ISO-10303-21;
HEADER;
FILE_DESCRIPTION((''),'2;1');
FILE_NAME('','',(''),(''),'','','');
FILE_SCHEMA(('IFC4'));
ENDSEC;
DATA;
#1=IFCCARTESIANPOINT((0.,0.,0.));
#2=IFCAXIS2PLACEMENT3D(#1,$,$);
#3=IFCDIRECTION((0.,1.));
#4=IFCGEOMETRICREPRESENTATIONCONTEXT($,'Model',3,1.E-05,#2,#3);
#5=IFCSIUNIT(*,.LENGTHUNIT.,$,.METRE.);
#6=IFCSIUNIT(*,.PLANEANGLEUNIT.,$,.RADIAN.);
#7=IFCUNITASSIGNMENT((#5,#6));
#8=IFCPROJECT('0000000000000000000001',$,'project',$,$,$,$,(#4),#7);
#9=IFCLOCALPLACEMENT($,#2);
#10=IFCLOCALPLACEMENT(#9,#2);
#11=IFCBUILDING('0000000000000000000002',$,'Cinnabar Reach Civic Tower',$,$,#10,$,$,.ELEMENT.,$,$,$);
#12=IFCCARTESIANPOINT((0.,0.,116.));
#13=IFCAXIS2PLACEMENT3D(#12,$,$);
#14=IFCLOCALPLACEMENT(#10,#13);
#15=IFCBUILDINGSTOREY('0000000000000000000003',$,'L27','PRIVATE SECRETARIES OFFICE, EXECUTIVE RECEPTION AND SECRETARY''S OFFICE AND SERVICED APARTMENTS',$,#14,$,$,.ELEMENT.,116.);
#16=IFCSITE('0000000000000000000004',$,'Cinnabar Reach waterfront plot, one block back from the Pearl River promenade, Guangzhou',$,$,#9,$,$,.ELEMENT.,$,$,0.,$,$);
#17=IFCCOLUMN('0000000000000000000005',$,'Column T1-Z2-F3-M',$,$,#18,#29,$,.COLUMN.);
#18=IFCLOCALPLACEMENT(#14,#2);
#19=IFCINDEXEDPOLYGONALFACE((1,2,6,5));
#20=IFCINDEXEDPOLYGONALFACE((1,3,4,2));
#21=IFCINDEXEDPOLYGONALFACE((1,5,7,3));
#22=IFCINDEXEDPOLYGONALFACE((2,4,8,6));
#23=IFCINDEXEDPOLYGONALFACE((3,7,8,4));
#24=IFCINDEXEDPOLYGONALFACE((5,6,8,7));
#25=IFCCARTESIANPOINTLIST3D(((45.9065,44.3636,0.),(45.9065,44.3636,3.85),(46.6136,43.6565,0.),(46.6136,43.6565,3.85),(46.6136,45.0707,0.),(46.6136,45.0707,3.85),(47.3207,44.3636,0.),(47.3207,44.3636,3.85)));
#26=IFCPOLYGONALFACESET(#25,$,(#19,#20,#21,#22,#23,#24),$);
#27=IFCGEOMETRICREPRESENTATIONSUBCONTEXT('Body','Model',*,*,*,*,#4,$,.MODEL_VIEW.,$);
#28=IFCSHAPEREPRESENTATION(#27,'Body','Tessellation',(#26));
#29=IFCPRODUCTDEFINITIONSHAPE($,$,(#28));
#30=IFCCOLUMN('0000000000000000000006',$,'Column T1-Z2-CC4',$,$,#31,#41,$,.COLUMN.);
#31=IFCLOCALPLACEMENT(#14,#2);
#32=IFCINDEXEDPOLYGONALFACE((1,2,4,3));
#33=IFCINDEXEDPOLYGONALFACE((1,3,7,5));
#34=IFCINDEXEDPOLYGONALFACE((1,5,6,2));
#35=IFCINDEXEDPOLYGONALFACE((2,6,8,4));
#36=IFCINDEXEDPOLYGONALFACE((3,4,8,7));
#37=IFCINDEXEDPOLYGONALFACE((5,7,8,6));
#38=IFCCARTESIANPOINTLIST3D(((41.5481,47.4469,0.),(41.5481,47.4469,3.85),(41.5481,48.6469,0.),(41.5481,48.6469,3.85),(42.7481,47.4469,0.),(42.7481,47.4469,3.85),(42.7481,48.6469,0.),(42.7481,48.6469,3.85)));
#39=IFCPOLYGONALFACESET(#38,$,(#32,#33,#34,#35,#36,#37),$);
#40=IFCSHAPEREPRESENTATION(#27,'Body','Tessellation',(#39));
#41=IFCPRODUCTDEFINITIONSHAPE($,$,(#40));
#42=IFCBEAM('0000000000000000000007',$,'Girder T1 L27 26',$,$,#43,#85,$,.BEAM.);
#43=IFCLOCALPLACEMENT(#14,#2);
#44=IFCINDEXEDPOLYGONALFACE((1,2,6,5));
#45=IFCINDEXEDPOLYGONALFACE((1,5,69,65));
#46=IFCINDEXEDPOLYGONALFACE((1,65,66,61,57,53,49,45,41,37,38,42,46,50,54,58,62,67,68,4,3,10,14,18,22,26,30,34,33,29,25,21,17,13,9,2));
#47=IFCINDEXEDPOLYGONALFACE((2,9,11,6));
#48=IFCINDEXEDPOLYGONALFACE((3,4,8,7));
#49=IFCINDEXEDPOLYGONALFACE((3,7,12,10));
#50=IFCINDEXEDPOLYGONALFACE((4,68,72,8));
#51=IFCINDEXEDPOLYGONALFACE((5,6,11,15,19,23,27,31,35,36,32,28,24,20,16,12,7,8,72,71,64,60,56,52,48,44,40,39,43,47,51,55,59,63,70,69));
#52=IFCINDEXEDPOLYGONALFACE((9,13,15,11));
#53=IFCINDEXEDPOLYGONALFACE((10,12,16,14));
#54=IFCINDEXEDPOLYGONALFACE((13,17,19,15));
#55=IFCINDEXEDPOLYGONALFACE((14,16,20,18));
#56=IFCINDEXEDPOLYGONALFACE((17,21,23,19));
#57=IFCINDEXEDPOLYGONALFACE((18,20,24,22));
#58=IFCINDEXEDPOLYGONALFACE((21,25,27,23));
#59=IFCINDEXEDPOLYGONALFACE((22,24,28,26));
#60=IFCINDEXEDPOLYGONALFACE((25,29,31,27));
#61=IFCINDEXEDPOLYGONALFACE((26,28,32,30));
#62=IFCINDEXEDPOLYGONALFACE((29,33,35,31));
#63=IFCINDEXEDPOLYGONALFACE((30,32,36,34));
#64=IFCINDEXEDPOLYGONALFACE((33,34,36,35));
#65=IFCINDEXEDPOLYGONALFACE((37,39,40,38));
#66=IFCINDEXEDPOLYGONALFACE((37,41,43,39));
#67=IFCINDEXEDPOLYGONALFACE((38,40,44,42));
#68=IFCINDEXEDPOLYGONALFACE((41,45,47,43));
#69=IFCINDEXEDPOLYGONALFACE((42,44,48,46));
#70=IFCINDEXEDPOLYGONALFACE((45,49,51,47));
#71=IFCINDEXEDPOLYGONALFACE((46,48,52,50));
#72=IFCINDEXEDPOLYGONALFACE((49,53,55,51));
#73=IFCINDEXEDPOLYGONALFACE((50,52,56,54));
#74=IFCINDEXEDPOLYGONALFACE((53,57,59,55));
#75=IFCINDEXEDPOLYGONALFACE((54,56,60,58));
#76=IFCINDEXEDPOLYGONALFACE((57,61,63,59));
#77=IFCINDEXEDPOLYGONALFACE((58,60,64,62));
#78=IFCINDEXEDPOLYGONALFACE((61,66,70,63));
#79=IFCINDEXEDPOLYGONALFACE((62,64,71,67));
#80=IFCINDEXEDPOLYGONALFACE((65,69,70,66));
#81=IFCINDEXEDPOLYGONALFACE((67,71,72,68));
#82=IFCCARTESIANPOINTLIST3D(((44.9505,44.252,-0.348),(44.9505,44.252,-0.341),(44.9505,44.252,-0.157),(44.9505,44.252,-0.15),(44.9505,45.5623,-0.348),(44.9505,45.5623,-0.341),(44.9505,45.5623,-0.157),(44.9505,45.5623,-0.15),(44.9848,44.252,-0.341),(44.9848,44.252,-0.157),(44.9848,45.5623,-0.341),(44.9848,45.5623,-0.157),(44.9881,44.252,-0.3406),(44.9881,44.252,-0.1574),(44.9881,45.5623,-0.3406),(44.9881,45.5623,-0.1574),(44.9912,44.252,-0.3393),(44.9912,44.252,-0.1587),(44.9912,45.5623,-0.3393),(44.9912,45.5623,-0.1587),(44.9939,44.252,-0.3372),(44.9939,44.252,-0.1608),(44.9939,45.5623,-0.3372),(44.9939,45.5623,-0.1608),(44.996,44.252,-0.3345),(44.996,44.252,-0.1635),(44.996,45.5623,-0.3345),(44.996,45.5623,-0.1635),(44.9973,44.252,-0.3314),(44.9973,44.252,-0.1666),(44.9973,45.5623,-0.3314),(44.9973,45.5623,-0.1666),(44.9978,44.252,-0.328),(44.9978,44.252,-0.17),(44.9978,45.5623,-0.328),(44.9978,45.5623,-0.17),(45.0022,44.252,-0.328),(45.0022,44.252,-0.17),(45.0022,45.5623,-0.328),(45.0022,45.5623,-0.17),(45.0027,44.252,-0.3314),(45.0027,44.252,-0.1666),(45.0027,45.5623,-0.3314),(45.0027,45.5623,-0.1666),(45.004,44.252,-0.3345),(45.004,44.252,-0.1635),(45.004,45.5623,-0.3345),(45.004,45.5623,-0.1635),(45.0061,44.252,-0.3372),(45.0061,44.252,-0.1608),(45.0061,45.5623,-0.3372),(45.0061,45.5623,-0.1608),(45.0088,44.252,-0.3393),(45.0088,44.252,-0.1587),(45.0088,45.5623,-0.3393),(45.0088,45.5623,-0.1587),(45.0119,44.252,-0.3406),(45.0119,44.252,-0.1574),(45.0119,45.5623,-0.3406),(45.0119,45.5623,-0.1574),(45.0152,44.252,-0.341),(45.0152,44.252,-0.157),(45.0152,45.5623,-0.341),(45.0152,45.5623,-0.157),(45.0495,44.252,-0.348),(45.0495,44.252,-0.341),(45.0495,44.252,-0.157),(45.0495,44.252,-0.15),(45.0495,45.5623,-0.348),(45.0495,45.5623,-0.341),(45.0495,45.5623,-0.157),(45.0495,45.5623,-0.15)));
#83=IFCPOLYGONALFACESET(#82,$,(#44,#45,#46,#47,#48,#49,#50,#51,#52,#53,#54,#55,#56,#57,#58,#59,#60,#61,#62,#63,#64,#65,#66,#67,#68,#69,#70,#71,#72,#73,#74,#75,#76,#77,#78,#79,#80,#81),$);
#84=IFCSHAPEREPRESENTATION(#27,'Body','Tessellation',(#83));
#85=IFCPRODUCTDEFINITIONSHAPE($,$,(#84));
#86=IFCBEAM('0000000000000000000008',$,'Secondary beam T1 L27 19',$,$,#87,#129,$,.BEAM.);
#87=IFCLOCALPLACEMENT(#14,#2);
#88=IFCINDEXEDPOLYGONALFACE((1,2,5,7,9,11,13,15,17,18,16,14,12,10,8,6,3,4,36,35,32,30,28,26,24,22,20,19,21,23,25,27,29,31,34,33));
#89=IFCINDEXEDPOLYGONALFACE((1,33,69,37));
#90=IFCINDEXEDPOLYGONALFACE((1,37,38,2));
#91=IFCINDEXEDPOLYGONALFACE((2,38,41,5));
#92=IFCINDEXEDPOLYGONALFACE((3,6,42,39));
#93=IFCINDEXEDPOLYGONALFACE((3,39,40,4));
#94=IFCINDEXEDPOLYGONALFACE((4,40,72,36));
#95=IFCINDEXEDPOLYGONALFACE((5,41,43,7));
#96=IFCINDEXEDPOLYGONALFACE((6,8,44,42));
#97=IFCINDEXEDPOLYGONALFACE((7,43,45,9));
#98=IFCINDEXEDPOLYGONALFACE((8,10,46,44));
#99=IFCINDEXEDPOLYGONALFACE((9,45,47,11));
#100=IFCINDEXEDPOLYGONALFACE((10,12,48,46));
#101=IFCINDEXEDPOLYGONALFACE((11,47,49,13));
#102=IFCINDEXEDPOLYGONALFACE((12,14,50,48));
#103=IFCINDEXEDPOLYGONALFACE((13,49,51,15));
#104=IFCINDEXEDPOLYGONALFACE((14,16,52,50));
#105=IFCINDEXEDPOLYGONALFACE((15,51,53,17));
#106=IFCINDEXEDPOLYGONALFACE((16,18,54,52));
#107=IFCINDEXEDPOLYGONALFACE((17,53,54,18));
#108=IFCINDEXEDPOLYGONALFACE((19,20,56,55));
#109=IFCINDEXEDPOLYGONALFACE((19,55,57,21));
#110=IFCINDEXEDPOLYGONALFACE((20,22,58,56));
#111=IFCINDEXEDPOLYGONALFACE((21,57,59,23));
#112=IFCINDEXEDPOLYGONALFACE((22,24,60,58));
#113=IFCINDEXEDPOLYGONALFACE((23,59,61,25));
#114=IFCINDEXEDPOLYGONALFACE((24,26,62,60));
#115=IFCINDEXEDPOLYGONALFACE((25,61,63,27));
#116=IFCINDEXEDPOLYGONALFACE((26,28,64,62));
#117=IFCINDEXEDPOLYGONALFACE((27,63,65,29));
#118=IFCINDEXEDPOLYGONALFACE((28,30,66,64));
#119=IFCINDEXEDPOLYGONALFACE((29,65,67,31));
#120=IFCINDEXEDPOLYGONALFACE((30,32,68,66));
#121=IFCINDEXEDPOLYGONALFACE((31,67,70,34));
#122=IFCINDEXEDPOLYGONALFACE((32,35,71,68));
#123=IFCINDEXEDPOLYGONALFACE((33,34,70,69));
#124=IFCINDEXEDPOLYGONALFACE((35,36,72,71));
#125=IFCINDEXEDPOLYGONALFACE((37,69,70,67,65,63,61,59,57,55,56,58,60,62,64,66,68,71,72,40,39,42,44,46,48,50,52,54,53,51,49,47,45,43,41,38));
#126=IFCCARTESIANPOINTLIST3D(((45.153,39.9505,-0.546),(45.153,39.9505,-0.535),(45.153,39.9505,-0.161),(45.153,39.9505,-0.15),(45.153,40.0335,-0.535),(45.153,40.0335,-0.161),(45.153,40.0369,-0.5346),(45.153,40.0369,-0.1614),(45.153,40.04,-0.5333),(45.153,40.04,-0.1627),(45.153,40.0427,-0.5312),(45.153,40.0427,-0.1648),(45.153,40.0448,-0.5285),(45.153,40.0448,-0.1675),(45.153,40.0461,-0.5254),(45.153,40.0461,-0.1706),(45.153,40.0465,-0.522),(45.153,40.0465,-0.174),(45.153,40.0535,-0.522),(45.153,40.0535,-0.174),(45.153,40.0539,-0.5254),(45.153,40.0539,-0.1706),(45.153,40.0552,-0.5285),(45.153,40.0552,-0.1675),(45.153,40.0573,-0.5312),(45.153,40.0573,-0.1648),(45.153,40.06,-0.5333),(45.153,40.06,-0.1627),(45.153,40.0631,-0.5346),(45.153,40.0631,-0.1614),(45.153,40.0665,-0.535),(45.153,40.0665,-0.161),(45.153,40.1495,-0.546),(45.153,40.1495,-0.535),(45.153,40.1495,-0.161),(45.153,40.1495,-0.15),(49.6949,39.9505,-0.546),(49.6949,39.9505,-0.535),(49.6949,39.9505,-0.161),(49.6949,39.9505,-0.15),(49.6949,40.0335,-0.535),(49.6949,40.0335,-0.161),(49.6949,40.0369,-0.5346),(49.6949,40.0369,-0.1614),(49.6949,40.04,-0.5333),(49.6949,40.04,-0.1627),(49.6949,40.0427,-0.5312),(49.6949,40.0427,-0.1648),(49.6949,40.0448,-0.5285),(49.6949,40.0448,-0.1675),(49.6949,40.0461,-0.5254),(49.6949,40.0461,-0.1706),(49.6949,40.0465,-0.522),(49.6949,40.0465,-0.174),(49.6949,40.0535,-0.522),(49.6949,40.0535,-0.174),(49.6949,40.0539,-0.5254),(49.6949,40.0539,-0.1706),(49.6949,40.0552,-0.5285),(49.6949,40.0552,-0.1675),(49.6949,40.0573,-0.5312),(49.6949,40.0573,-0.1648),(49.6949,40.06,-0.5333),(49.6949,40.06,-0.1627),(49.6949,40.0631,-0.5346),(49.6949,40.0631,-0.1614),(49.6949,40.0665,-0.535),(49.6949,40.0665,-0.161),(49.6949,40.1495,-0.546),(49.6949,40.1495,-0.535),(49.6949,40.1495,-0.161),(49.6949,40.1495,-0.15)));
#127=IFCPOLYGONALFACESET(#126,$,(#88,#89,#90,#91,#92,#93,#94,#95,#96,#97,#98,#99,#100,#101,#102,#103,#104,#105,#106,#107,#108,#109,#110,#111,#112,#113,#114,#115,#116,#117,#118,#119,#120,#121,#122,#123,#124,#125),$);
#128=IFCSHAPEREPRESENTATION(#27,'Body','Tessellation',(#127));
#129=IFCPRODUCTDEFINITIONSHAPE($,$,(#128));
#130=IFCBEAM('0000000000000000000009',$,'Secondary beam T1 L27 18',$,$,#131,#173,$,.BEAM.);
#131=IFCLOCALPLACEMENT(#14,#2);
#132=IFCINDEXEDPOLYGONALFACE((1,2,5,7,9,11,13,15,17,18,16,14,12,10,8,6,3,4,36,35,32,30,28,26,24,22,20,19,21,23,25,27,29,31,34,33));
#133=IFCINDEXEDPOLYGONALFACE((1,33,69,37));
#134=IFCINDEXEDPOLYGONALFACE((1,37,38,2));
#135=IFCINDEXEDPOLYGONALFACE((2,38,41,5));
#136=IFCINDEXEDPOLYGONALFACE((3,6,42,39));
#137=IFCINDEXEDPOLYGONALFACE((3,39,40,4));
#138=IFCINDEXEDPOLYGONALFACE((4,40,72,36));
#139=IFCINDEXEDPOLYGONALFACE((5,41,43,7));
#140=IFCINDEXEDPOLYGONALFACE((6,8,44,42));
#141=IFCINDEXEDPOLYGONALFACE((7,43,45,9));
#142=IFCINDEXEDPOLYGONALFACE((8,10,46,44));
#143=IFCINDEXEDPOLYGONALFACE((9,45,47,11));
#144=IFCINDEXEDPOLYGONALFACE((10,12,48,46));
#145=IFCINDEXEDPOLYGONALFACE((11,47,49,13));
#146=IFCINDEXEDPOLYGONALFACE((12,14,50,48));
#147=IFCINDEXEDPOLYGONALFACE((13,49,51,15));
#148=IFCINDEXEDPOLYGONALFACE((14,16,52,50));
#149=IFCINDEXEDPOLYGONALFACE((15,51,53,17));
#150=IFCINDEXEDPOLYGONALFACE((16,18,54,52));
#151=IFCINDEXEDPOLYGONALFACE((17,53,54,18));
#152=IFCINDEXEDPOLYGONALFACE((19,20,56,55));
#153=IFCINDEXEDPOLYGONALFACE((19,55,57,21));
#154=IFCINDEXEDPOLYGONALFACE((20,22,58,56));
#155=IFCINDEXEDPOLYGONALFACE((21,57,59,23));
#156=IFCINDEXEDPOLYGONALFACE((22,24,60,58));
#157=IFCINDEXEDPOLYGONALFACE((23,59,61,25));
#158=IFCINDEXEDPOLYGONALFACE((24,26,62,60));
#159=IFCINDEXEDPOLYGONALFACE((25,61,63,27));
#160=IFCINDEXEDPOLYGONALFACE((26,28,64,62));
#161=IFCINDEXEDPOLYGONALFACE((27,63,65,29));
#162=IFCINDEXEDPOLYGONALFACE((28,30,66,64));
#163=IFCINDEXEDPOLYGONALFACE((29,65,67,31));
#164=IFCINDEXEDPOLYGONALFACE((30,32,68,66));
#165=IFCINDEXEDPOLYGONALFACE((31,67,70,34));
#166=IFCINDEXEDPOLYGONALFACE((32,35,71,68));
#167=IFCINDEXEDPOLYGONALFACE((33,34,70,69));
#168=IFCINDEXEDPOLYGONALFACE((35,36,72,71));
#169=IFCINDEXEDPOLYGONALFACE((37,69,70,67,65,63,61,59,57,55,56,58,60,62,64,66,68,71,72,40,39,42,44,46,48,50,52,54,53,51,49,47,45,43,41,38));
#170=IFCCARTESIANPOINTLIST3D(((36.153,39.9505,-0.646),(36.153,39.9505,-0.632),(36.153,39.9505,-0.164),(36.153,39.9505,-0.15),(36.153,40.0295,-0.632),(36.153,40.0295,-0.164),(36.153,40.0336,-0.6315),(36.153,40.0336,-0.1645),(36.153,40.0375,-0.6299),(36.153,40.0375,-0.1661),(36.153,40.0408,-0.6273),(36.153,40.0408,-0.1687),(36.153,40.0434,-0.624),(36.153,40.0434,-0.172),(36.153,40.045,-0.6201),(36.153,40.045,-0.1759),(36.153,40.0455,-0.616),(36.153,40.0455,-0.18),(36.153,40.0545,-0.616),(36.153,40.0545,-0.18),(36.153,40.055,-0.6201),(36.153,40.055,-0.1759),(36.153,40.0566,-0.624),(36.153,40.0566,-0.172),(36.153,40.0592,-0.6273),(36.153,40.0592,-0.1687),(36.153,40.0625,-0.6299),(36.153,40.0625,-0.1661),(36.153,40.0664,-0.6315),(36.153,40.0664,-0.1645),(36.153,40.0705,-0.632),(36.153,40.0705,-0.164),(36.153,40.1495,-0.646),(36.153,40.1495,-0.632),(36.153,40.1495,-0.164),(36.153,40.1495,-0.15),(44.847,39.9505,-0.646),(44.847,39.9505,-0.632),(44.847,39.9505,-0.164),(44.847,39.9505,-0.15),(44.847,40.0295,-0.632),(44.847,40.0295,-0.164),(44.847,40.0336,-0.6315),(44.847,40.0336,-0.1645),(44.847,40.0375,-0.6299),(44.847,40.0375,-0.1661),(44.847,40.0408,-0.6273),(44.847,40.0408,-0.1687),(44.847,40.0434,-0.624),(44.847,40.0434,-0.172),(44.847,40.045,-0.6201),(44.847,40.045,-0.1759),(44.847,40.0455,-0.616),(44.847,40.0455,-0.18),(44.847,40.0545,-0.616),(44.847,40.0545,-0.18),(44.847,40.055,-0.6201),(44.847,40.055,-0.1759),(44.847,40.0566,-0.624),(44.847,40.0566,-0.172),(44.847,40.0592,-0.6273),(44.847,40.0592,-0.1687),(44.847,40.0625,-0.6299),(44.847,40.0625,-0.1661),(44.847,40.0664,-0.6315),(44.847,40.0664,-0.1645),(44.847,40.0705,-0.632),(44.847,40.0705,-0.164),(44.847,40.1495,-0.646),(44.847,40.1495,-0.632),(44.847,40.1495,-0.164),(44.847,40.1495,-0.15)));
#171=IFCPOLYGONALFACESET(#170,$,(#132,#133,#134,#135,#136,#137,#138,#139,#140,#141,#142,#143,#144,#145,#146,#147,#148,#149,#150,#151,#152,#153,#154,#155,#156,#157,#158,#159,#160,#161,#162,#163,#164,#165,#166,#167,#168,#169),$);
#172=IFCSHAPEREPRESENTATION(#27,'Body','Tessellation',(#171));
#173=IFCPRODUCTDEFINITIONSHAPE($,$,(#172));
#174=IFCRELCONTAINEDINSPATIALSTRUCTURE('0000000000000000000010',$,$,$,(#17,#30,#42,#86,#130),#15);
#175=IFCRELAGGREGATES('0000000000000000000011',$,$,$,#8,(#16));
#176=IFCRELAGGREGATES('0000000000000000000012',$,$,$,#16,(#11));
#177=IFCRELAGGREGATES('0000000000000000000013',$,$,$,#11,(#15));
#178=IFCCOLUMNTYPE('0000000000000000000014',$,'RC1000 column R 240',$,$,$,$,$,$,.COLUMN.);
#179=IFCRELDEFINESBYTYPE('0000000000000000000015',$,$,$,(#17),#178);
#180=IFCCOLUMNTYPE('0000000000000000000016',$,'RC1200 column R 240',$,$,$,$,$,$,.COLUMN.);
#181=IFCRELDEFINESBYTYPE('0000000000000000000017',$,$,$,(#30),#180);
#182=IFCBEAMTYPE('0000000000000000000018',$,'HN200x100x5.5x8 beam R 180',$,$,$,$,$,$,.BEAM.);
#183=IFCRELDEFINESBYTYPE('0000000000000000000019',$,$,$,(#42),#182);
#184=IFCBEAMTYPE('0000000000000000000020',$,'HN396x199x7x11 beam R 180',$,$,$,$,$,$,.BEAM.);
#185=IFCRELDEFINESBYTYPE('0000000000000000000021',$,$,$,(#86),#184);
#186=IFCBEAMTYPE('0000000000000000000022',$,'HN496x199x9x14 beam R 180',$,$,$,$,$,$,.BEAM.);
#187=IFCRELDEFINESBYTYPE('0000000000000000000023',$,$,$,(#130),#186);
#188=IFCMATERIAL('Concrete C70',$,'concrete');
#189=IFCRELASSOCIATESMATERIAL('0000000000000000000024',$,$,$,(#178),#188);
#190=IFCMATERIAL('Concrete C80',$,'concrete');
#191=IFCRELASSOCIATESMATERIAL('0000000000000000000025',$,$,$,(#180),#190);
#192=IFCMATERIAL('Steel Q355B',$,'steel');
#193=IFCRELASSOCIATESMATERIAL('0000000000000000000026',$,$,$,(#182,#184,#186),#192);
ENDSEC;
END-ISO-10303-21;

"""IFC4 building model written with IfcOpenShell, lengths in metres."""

from ifc_helpers import new_model, si_unit, direction, frame, origin, origin_2d, place, context, subcontext, project, spatial, rectangle, i_section, extrude, material, material_profile, profile_set, type_object, element, save


model = new_model("IFC4")

# Units and contexts
model_context = context("Model", 3, precision=1e-05, world=origin(), true_north=direction((0.0, 1.0)))
body_context = subcontext(model_context, "Body", "Model", "MODEL_VIEW")
ifc_project = project(units=[si_unit("LENGTHUNIT", "METRE"), si_unit("PLANEANGLEUNIT", "RADIAN")], contexts=[model_context])

# Site, building, storey
site_placement = place(None, origin())
site = spatial("IfcSite", under=ifc_project, at=site_placement, Name="Cinnabar Reach waterfront plot, one block back from the Pearl River promenade, Guangzhou", CompositionType="ELEMENT", RefElevation=0.0)
building_placement = place(site_placement, origin())
building = spatial("IfcBuilding", under=site, at=building_placement, Name="Cinnabar Reach Civic Tower", CompositionType="ELEMENT")
storey_placement = place(building_placement, frame((0.0, 0.0, 116.0)))
storey = spatial("IfcBuildingStorey", under=building, at=storey_placement, Name="L27", Description="PRIVATE SECRETARIES OFFICE, EXECUTIVE RECEPTION AND SECRETARY'S OFFICE AND SERVICED APARTMENTS", CompositionType="ELEMENT", Elevation=116.0)

# Columns
ifc_material_1 = material(Name="Concrete C70", Category="concrete")
ifc_material_profile_1 = material_profile(ifc_material_1, rectangle(XDim=1.0, YDim=1.0, at=origin_2d()), Name="RC1000")
ifc_profile_set_1 = profile_set([ifc_material_profile_1], Name="Concrete C70")
column_type_1 = type_object("IfcColumnType", Name="RC1000 column R 240", PredefinedType="COLUMN", material=ifc_profile_set_1)
column_1_placement = place(storey_placement, frame((46.6136, 44.3636, 0.0), z_axis=(0.0, 0.0, 1.0), x_axis=(0.707107, 0.707107, 0.0)))
element("IfcColumn", 1, at=column_1_placement, inside=storey, type_object=column_type_1, Name="Column T1-Z2-F3-M", PredefinedType="COLUMN", context=body_context, shape_type="SweptSolid", body=[
    extrude(rectangle(XDim=1.0, YDim=1.0, at=origin_2d()), origin(), (0.0, 0.0, 1.0), 3.85),
])
ifc_material_2 = material(Name="Concrete C80", Category="concrete")
ifc_material_profile_2 = material_profile(ifc_material_2, rectangle(XDim=1.2, YDim=1.2, at=origin_2d()), Name="RC1200")
ifc_profile_set_2 = profile_set([ifc_material_profile_2], Name="Concrete C80")
column_type_2 = type_object("IfcColumnType", Name="RC1200 column R 240", PredefinedType="COLUMN", material=ifc_profile_set_2)
column_2_placement = place(storey_placement, frame((42.1481, 48.0469, 0.0), z_axis=(0.0, 0.0, 1.0), x_axis=(1.0, 0.0, 0.0)))
element("IfcColumn", 2, at=column_2_placement, inside=storey, type_object=column_type_2, Name="Column T1-Z2-CC4", PredefinedType="COLUMN", context=body_context, shape_type="SweptSolid", body=[
    extrude(rectangle(XDim=1.2, YDim=1.2, at=origin_2d()), origin(), (0.0, 0.0, 1.0), 3.85),
])

# Beams
ifc_material_3 = material(Name="Steel Q355B", Category="steel")
ifc_material_profile_3 = material_profile(ifc_material_3, i_section(OverallWidth=0.099, OverallDepth=0.198, WebThickness=0.0045, FlangeThickness=0.007, FilletRadius=0.013, at=origin_2d()), Name="HN200x100x5.5x8")
ifc_profile_set_3 = profile_set([ifc_material_profile_3], Name="Steel Q355B")
beam_type_1 = type_object("IfcBeamType", Name="HN200x100x5.5x8 beam R 180", PredefinedType="BEAM", material=ifc_profile_set_3)
beam_1_placement = place(storey_placement, frame((45.0, 44.252, -0.249), z_axis=(0.0, 1.0, 0.0), x_axis=(-1.0, 0.0, 0.0)))
element("IfcBeam", 3, at=beam_1_placement, inside=storey, type_object=beam_type_1, Name="Girder T1 L27 26", PredefinedType="BEAM", context=body_context, shape_type="SweptSolid", body=[
    extrude(i_section(OverallWidth=0.099, OverallDepth=0.198, WebThickness=0.0045, FlangeThickness=0.007, FilletRadius=0.013, at=origin_2d()), origin(), (0.0, 0.0, 1.0), 1.3103),
])
ifc_material_profile_4 = material_profile(ifc_material_3, i_section(OverallWidth=0.199, OverallDepth=0.396, WebThickness=0.007, FlangeThickness=0.011, FilletRadius=0.013, at=origin_2d()), Name="HN396x199x7x11")
ifc_profile_set_4 = profile_set([ifc_material_profile_4], Name="Steel Q355B")
beam_type_2 = type_object("IfcBeamType", Name="HN396x199x7x11 beam R 180", PredefinedType="BEAM", material=ifc_profile_set_4)
beam_2_placement = place(storey_placement, frame((45.153, 40.05, -0.348), z_axis=(1.0, 0.0, 0.0), x_axis=(0.0, 1.0, 0.0)))
element("IfcBeam", 4, at=beam_2_placement, inside=storey, type_object=beam_type_2, Name="Secondary beam T1 L27 19", PredefinedType="BEAM", context=body_context, shape_type="SweptSolid", body=[
    extrude(i_section(OverallWidth=0.199, OverallDepth=0.396, WebThickness=0.007, FlangeThickness=0.011, FilletRadius=0.013, at=origin_2d()), origin(), (0.0, 0.0, 1.0), 4.5419),
])
ifc_material_profile_5 = material_profile(ifc_material_3, i_section(OverallWidth=0.199, OverallDepth=0.496, WebThickness=0.009, FlangeThickness=0.014, FilletRadius=0.016, at=origin_2d()), Name="HN496x199x9x14")
ifc_profile_set_5 = profile_set([ifc_material_profile_5], Name="Steel Q355B")
beam_type_3 = type_object("IfcBeamType", Name="HN496x199x9x14 beam R 180", PredefinedType="BEAM", material=ifc_profile_set_5)
beam_3_placement = place(storey_placement, frame((36.153, 40.05, -0.398), z_axis=(1.0, 0.0, 0.0), x_axis=(0.0, 1.0, 0.0)))
element("IfcBeam", 5, at=beam_3_placement, inside=storey, type_object=beam_type_3, Name="Secondary beam T1 L27 18", PredefinedType="BEAM", context=body_context, shape_type="SweptSolid", body=[
    extrude(i_section(OverallWidth=0.199, OverallDepth=0.496, WebThickness=0.009, FlangeThickness=0.014, FilletRadius=0.016, at=origin_2d()), origin(), (0.0, 0.0, 1.0), 8.694),
])

save(model, "model.ifc")
